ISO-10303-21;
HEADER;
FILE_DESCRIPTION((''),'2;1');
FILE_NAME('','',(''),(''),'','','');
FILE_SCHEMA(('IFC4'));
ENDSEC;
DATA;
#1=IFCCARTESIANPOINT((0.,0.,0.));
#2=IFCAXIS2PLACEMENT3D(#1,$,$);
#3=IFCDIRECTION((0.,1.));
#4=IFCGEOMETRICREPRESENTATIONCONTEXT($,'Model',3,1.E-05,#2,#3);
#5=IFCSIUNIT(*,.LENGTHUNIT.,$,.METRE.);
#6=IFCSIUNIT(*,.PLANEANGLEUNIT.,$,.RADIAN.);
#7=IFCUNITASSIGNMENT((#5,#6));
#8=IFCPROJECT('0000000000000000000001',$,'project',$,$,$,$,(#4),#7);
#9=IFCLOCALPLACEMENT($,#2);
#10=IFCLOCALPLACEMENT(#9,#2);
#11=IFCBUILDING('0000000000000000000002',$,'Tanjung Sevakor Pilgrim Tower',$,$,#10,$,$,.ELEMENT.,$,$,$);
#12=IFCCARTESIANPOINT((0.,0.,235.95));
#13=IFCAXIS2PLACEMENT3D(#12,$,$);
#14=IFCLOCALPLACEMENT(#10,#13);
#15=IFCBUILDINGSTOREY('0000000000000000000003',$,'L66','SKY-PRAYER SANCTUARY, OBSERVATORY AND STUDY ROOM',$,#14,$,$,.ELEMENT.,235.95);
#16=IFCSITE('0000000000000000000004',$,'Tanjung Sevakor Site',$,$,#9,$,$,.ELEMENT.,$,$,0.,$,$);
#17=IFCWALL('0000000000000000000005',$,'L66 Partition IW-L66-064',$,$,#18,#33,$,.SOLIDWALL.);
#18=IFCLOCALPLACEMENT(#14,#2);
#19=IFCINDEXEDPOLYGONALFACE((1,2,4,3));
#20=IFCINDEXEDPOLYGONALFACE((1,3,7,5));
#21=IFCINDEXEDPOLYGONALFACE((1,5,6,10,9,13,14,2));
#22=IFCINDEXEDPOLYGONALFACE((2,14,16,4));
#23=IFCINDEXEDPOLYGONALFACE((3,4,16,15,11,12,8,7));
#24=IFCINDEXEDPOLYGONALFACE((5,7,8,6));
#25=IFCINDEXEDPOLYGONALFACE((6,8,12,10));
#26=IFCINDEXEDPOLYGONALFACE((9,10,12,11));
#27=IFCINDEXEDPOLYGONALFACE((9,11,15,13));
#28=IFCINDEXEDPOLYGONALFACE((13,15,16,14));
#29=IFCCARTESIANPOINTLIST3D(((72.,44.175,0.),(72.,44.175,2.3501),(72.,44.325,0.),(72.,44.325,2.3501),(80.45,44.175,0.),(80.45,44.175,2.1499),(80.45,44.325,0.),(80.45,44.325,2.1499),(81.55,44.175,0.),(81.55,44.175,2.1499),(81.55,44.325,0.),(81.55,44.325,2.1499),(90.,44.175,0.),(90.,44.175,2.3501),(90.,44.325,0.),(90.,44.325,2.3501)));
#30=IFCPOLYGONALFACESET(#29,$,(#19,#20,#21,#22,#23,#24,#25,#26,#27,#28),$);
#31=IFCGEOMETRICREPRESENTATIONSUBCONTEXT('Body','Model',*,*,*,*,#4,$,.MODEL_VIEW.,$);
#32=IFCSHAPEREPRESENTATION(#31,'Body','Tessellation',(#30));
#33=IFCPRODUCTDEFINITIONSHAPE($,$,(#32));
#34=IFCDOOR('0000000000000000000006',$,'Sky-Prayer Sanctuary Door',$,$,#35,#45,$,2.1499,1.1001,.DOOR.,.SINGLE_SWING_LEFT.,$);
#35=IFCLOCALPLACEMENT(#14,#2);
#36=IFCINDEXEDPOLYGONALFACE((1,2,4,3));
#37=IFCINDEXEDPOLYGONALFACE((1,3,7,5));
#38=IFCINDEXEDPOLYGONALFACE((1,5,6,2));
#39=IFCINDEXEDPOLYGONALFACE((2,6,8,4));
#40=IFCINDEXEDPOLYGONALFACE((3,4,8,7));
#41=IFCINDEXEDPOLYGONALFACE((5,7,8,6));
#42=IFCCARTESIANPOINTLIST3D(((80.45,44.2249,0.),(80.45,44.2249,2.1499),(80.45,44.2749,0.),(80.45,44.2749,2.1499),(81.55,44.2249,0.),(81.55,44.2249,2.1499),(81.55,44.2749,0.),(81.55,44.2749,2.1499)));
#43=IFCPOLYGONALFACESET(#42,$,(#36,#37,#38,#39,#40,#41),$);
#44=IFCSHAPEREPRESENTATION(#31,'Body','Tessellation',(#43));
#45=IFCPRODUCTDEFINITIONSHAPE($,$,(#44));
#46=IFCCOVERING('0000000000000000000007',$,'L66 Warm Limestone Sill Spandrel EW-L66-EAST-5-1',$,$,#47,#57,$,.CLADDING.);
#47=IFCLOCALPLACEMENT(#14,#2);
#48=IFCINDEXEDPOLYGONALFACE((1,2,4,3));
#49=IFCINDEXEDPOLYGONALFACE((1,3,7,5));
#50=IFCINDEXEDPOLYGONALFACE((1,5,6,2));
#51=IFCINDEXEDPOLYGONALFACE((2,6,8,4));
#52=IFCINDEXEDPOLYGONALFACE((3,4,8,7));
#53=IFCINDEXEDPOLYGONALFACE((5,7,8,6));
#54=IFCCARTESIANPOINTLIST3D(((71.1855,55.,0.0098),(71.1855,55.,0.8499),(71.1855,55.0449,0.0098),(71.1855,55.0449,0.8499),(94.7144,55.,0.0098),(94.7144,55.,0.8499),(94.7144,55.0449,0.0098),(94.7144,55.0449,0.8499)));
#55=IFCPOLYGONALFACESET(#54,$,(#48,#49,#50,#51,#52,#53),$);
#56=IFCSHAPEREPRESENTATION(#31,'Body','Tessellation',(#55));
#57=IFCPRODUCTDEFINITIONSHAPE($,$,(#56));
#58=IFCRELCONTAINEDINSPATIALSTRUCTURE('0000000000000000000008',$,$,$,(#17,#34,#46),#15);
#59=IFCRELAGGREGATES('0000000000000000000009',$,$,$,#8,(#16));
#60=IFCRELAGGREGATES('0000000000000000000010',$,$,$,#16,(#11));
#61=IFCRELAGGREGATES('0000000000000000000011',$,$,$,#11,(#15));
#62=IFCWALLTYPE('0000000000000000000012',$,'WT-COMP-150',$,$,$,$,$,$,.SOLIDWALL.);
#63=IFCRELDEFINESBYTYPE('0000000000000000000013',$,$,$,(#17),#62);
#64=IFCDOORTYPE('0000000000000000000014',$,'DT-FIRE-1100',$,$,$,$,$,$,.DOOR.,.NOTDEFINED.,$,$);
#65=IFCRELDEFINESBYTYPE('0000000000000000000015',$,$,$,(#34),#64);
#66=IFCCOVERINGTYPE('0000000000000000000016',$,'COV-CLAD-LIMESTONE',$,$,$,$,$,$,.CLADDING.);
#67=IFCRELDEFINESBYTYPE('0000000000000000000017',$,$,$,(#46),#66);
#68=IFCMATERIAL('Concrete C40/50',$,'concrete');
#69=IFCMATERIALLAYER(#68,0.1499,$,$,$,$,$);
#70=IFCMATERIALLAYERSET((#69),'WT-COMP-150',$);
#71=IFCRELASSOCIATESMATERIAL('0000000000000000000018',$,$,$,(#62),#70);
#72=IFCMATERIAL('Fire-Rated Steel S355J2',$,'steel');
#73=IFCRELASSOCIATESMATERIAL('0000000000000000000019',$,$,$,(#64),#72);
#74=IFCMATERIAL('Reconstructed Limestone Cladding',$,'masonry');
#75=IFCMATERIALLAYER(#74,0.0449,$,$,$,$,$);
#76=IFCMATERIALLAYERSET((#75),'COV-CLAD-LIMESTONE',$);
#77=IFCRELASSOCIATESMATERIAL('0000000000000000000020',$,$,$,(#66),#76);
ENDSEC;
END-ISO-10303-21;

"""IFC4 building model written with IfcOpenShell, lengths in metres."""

from ifc_helpers import new_model, si_unit, direction, frame, frame_2d, origin, origin_2d, place, context, subcontext, project, spatial, rectangle, extrude, material, layer, layer_set, type_object, element, fill, save


model = new_model("IFC4")

# Units and contexts
model_context = context("Model", 3, precision=1e-05, world=origin(), true_north=direction((0.0, 1.0)))
body_context = subcontext(model_context, "Body", "Model", "MODEL_VIEW")
ifc_project = project(units=[si_unit("LENGTHUNIT", "METRE"), si_unit("PLANEANGLEUNIT", "RADIAN")], contexts=[model_context])

# Site, building, storey
site_placement = place(None, origin())
site = spatial("IfcSite", under=ifc_project, at=site_placement, Name="Tanjung Sevakor Site", CompositionType="ELEMENT", RefElevation=0.0)
building_placement = place(site_placement, origin())
building = spatial("IfcBuilding", under=site, at=building_placement, Name="Tanjung Sevakor Pilgrim Tower", CompositionType="ELEMENT")
storey_placement = place(building_placement, frame((0.0, 0.0, 235.95)))
storey = spatial("IfcBuildingStorey", under=building, at=storey_placement, Name="L66", Description="SKY-PRAYER SANCTUARY, OBSERVATORY AND STUDY ROOM", CompositionType="ELEMENT", Elevation=235.95)

# Shared definitions
ifc_material_1 = material(Name="Concrete C40/50", Category="concrete")
ifc_layer_1 = layer(ifc_material_1, 0.1499)
ifc_layer_set_1 = layer_set([ifc_layer_1], Name="WT-COMP-150")
wall_type = type_object("IfcWallType", Name="WT-COMP-150", PredefinedType="SOLIDWALL", material=ifc_layer_set_1)

# Wall, opening, door
wall_1_placement = place(storey_placement, frame((72.0, 44.25, 0.0), z_axis=(0.0, 0.0, 1.0), x_axis=(1.0, 0.0, 0.0)))
wall_1 = element("IfcWall", 1, at=wall_1_placement, inside=storey, type_object=wall_type, Name="L66 Partition IW-L66-064", PredefinedType="SOLIDWALL", context=body_context, shape_type="SweptSolid", body=[
    extrude(rectangle(XDim=18.0, YDim=0.1499, at=frame_2d((9.0, 0.0))), origin(), (0.0, 0.0, 1.0), 2.3501),
])
opening_placement = place(wall_1_placement, frame((8.45, 0.0, 0.0)))
opening = element("IfcOpeningElement", 2, at=opening_placement, cuts=wall_1, PredefinedType="OPENING", context=body_context, shape_type="SweptSolid", body=[
    extrude(rectangle(XDim=1.1001, YDim=2.1499, at=frame_2d((0.55, 1.075))), frame((0.0, 0.085, 0.0), z_axis=(0.0, -1.0, 0.0), x_axis=(1.0, 0.0, 0.0)), (0.0, 0.0, 1.0), 0.1699),
])
ifc_material_2 = material(Name="Fire-Rated Steel S355J2", Category="steel")
door_type = type_object("IfcDoorType", Name="DT-FIRE-1100", OperationType="NOTDEFINED", PredefinedType="DOOR", material=ifc_material_2)
door_placement = place(opening_placement, origin())
door = element("IfcDoor", 3, at=door_placement, inside=storey, type_object=door_type, Name="Sky-Prayer Sanctuary Door", OperationType="SINGLE_SWING_LEFT", OverallHeight=2.1499, OverallWidth=1.1001, PredefinedType="DOOR", context=body_context, shape_type="SweptSolid", body=[
    extrude(rectangle(XDim=1.1001, YDim=2.1499, at=frame_2d((0.55, 1.075))), frame((0.0, 0.0249, 0.0), z_axis=(0.0, -1.0, 0.0), x_axis=(1.0, 0.0, 0.0)), (0.0, 0.0, 1.0), 0.05),
])
fill(opening, door)

# Covering
ifc_material_3 = material(Name="Reconstructed Limestone Cladding", Category="masonry")
ifc_layer_2 = layer(ifc_material_3, 0.0449)
ifc_layer_set_2 = layer_set([ifc_layer_2], Name="COV-CLAD-LIMESTONE")
covering_type = type_object("IfcCoveringType", Name="COV-CLAD-LIMESTONE", PredefinedType="CLADDING", material=ifc_layer_set_2)
covering_placement = place(storey_placement, frame((82.95, 55.0225, 0.0098), z_axis=(0.0, 0.0, 1.0), x_axis=(-1.0, 0.0, 0.0)))
element("IfcCovering", 4, at=covering_placement, inside=storey, type_object=covering_type, Name="L66 Warm Limestone Sill Spandrel EW-L66-EAST-5-1", PredefinedType="CLADDING", context=body_context, shape_type="SweptSolid", body=[
    extrude(rectangle(XDim=23.5288, YDim=0.0449, at=origin_2d()), origin(), (0.0, 0.0, 1.0), 0.8401),
])

save(model, "model.ifc")
